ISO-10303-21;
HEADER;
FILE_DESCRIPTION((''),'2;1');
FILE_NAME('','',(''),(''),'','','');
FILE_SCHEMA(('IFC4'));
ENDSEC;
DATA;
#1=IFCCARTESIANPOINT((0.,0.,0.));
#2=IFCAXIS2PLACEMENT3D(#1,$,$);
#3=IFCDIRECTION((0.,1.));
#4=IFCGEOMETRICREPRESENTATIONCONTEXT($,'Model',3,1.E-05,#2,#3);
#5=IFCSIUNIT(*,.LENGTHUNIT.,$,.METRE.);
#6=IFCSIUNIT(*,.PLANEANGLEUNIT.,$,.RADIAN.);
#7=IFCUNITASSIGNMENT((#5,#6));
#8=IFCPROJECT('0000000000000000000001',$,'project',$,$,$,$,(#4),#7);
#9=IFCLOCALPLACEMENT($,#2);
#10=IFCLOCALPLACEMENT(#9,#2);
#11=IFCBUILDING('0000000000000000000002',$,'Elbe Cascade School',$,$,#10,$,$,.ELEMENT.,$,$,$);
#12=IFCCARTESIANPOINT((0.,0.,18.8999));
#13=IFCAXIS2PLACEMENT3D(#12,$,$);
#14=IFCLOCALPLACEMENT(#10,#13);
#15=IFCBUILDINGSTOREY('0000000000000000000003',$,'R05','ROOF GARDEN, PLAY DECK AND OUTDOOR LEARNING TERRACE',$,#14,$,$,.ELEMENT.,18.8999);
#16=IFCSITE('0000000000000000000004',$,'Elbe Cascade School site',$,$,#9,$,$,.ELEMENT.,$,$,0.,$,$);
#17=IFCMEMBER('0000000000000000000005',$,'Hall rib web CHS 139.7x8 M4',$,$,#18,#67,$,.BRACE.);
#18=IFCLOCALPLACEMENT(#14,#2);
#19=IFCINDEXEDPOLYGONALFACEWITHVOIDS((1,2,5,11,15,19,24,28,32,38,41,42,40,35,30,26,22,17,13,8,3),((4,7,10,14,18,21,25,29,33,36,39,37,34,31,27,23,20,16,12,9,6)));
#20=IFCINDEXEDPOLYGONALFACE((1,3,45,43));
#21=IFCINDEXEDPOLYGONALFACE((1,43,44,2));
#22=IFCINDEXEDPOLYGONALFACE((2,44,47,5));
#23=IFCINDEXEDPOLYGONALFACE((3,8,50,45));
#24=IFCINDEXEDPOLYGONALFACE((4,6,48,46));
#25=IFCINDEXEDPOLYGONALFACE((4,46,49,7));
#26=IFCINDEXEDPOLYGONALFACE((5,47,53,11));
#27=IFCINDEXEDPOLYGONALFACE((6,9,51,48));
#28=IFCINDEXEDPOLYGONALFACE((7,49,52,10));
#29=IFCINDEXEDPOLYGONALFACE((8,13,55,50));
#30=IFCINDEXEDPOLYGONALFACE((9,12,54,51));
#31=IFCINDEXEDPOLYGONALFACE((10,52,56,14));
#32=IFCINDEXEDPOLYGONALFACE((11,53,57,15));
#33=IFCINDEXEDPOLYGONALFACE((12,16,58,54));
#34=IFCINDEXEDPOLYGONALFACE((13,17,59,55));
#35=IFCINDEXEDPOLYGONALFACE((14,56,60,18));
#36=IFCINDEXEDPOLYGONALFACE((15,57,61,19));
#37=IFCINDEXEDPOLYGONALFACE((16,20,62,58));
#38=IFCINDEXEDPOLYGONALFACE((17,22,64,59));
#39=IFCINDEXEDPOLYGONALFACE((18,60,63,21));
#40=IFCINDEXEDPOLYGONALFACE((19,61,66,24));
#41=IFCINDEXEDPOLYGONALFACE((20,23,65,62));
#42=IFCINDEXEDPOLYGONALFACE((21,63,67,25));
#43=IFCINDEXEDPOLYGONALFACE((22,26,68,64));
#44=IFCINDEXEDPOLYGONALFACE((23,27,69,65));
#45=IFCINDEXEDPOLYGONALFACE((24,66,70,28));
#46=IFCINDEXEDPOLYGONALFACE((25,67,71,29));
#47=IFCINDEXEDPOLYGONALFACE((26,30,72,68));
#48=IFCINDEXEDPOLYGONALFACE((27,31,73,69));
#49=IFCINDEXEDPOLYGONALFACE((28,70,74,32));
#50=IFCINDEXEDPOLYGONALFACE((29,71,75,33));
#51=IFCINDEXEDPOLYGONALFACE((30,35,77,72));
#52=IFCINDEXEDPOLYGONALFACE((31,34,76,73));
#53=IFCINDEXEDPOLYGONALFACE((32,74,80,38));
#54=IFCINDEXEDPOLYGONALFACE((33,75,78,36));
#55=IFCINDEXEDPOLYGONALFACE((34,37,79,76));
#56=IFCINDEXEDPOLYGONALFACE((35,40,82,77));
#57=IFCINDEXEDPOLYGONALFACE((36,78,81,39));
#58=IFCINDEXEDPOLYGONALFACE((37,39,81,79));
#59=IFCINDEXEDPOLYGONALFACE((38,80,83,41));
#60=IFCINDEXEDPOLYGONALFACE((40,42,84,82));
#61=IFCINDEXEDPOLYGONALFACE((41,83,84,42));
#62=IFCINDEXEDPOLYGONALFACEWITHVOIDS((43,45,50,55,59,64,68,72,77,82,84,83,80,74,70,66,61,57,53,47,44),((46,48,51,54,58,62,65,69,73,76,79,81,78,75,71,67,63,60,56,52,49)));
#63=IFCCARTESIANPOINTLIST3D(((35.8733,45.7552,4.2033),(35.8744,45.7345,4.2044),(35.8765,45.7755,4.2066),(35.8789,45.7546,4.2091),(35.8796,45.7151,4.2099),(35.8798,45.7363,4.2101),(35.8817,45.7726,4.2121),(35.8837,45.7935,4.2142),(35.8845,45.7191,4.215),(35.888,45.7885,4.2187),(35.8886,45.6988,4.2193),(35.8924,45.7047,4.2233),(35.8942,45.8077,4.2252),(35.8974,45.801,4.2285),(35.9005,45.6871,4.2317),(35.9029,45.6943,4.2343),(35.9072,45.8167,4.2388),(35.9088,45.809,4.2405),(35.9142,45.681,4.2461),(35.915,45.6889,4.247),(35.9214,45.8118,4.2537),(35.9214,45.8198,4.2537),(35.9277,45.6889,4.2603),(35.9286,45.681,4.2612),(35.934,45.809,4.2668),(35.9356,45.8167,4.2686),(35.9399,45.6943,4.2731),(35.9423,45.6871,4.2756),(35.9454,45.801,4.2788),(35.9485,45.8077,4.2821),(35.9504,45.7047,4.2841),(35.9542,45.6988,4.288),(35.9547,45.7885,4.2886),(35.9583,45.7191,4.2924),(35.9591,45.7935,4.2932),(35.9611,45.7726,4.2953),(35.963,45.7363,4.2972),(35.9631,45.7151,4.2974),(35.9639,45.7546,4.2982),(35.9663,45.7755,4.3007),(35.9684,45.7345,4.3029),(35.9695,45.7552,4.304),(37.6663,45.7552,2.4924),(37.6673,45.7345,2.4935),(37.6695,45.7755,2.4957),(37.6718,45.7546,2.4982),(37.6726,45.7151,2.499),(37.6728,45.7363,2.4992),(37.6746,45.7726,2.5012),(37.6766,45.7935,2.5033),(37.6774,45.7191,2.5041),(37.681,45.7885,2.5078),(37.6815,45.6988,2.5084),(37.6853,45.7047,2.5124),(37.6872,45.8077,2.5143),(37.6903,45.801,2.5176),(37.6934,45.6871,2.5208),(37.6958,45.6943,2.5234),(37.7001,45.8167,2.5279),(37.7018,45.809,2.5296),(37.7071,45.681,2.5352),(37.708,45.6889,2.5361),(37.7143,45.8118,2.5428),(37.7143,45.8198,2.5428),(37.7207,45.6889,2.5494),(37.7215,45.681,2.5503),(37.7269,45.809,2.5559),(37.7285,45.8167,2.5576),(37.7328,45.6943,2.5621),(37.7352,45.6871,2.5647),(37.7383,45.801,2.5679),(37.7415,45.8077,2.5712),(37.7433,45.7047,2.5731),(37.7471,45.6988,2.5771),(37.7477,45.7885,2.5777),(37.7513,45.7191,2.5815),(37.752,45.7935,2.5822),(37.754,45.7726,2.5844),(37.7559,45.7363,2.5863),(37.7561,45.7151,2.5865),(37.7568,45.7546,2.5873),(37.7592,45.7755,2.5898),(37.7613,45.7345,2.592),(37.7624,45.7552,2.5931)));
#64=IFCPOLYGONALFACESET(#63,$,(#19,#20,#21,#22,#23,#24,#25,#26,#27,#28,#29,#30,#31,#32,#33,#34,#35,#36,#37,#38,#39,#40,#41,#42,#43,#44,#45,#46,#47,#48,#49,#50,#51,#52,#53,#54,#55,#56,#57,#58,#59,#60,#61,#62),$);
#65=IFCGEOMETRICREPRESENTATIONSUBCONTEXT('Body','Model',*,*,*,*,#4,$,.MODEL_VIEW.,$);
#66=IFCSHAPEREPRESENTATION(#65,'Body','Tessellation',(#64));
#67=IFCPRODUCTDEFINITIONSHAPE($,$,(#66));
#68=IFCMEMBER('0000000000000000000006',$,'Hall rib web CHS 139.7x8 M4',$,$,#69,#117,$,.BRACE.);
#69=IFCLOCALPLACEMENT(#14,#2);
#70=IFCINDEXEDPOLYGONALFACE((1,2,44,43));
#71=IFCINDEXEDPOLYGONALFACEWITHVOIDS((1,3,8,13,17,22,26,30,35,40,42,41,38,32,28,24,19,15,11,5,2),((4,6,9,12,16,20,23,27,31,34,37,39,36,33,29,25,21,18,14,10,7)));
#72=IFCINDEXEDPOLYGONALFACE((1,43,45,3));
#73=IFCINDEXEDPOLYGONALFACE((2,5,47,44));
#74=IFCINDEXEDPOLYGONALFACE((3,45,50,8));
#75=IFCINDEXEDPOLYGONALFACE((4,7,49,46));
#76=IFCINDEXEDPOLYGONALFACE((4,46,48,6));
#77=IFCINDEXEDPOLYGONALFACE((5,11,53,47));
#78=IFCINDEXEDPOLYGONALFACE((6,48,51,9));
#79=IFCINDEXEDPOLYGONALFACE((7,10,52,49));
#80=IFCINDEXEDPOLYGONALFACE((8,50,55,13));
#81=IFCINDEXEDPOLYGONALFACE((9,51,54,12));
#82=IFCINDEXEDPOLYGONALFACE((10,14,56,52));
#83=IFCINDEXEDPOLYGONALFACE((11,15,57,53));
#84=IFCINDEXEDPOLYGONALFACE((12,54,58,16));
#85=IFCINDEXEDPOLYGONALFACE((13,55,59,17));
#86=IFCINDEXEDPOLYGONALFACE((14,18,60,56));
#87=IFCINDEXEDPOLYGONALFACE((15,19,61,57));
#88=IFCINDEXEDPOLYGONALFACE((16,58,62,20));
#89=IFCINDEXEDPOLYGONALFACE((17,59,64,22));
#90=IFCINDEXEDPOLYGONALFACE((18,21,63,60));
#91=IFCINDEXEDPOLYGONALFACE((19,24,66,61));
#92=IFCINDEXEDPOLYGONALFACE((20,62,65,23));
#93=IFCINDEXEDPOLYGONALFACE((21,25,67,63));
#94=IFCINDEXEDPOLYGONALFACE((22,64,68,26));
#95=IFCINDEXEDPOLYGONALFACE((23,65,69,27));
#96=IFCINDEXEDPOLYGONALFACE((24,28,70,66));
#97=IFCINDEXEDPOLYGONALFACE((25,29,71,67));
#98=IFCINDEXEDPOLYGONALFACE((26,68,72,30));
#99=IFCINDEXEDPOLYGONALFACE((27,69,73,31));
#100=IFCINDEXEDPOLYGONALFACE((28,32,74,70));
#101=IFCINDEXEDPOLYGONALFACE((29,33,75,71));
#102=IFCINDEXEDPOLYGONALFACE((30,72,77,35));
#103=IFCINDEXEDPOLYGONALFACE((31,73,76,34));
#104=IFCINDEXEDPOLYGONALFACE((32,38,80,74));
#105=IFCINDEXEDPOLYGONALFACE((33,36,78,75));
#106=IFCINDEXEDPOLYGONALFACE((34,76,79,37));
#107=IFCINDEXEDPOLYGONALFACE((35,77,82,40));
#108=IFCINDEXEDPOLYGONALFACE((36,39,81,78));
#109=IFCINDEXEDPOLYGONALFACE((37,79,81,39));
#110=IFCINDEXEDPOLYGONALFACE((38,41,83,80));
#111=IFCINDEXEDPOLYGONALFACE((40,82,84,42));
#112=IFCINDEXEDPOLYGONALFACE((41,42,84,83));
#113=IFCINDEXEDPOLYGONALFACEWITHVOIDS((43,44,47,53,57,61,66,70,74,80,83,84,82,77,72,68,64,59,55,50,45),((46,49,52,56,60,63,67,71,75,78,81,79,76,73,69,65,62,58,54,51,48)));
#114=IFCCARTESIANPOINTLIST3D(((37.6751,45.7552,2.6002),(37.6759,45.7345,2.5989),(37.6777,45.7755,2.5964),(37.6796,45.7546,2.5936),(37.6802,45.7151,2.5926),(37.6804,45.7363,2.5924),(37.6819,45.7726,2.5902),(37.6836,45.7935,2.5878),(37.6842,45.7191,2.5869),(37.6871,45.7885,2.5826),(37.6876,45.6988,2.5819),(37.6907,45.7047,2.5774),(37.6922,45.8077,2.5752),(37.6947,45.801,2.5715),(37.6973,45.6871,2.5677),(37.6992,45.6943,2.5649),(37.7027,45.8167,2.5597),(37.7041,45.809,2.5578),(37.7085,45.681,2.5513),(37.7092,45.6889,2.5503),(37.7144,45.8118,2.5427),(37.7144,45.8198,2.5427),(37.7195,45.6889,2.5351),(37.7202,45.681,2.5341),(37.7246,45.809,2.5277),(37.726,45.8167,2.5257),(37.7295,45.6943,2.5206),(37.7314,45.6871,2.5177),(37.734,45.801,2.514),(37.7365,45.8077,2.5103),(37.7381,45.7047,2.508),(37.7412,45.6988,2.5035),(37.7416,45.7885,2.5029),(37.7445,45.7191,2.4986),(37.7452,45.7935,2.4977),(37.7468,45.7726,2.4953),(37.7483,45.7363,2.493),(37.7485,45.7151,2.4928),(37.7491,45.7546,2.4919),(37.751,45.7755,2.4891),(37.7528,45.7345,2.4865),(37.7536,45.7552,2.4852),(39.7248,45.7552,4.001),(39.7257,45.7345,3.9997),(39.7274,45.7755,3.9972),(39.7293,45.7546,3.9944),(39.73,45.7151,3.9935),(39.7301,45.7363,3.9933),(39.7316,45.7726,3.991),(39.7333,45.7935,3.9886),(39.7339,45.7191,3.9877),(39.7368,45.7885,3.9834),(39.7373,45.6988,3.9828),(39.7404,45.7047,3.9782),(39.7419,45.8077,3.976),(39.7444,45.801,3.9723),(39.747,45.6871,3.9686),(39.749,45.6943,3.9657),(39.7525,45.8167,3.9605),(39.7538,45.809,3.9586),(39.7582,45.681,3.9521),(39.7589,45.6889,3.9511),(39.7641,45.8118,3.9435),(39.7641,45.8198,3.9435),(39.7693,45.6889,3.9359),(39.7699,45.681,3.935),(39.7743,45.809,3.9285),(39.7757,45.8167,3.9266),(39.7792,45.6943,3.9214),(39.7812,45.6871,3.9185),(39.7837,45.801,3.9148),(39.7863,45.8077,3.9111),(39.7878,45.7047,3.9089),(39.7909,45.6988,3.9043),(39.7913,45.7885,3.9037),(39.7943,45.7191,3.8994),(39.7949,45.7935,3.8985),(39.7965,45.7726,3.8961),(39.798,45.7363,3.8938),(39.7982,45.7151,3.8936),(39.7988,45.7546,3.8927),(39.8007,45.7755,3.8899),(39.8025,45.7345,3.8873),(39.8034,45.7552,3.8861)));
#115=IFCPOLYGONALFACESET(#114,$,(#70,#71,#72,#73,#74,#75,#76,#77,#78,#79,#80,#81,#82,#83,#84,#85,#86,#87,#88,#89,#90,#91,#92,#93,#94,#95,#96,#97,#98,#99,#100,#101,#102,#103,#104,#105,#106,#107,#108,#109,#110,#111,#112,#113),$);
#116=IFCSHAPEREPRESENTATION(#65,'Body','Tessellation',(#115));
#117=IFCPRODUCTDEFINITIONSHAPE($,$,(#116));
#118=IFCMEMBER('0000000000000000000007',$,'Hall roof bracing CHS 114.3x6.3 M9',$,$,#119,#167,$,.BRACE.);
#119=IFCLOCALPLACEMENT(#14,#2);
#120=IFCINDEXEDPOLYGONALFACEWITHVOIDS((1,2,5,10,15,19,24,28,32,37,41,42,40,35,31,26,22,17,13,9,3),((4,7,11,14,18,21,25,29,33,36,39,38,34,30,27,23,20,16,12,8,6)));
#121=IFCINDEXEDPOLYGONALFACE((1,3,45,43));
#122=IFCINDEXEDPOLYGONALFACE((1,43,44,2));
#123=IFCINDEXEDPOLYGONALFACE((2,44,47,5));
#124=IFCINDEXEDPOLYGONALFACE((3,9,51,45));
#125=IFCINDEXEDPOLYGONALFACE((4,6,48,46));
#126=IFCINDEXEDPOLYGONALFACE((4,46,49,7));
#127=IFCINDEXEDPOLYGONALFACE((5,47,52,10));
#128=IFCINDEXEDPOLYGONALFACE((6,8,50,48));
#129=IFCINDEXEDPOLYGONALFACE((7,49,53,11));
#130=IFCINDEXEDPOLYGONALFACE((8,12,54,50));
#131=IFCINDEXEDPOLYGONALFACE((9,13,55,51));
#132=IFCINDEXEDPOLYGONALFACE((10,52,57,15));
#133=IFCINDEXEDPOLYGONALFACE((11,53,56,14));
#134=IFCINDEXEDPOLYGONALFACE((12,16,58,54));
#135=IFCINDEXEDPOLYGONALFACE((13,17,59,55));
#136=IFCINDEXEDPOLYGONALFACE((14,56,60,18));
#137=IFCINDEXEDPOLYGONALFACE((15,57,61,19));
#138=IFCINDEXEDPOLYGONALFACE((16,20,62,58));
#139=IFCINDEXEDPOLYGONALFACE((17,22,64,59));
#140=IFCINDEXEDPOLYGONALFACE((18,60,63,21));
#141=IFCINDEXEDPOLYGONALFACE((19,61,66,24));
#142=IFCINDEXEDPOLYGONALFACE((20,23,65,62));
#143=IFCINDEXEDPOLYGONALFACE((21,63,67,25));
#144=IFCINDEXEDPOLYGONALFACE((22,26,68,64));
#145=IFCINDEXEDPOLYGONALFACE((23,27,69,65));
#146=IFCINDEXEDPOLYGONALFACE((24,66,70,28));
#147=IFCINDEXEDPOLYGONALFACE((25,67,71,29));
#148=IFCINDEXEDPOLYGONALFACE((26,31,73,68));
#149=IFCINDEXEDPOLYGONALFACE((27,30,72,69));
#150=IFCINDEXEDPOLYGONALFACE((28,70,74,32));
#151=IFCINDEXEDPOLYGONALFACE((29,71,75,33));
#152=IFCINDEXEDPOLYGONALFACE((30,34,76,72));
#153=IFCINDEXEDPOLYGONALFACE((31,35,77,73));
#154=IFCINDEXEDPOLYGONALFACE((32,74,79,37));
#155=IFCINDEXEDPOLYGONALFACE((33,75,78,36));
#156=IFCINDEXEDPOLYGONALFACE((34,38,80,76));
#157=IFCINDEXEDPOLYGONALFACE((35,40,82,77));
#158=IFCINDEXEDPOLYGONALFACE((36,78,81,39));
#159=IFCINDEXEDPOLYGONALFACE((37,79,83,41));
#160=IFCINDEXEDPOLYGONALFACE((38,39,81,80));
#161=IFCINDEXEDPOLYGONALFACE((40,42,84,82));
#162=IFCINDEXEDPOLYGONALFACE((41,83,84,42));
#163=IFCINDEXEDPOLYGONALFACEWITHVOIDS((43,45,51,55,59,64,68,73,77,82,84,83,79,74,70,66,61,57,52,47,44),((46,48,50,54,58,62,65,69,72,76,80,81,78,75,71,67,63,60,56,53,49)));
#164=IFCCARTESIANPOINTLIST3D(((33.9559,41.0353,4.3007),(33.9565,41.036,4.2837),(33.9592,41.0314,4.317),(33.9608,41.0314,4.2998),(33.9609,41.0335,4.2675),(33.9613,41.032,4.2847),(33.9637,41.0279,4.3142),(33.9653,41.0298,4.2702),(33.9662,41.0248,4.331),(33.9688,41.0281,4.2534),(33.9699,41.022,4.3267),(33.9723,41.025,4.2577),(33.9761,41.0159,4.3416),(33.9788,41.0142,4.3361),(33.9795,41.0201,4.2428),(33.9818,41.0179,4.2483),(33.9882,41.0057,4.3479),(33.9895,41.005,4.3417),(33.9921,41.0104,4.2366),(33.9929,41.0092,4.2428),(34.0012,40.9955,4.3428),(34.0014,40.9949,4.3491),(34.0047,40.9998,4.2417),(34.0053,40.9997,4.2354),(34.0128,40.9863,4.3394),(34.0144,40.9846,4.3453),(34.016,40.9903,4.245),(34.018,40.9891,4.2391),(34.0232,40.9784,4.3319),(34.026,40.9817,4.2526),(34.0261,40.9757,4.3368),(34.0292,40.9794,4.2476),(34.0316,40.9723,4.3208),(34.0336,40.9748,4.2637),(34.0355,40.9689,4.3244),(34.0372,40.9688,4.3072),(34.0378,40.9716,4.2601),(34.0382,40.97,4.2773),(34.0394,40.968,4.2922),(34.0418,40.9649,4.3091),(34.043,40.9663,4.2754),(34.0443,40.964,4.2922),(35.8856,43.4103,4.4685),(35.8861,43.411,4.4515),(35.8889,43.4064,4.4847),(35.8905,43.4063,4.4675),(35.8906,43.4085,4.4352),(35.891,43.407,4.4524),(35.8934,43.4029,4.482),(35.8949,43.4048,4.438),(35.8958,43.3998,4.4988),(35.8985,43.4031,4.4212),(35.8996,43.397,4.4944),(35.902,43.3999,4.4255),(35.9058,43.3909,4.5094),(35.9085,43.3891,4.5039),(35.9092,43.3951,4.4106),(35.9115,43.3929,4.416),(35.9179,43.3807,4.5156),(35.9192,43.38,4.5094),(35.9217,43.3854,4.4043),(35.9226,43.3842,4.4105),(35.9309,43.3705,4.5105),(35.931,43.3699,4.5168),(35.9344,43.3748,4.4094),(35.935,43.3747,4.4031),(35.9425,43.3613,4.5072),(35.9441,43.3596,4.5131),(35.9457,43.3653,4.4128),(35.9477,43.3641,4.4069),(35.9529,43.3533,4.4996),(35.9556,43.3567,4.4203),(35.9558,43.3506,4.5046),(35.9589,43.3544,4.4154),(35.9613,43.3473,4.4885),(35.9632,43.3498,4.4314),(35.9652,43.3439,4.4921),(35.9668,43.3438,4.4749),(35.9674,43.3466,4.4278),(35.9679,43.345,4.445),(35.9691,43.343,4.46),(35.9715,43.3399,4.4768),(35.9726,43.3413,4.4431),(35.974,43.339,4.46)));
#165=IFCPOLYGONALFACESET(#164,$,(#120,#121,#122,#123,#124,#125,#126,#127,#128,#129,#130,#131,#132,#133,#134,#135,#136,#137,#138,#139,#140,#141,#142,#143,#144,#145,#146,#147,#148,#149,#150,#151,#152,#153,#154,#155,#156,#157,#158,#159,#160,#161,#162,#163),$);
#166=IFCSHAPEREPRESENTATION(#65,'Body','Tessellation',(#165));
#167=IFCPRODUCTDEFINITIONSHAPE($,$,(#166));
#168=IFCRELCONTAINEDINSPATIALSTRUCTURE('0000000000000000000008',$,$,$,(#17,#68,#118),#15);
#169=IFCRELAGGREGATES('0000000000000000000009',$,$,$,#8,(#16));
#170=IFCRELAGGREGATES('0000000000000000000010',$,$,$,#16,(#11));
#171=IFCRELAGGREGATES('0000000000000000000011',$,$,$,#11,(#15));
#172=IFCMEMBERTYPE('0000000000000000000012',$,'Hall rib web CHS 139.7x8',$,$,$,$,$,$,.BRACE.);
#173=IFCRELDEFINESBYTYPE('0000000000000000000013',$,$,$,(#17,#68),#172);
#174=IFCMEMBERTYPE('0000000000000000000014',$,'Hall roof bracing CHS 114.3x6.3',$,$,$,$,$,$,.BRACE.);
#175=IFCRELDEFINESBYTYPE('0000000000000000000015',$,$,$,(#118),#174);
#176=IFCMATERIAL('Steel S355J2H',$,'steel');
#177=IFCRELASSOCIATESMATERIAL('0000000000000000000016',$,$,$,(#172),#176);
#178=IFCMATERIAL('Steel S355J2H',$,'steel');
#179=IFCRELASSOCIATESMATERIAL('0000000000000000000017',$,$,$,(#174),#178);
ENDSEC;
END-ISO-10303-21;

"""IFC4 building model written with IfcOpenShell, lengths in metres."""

from ifc_helpers import new_model, si_unit, direction, frame, origin, origin_2d, place, context, subcontext, project, spatial, hollow_circle, extrude, material, material_profile, profile_set, type_object, element, save


model = new_model("IFC4")

# Units and contexts
model_context = context("Model", 3, precision=1e-05, world=origin(), true_north=direction((0.0, 1.0)))
body_context = subcontext(model_context, "Body", "Model", "MODEL_VIEW")
ifc_project = project(units=[si_unit("LENGTHUNIT", "METRE"), si_unit("PLANEANGLEUNIT", "RADIAN")], contexts=[model_context])

# Site, building, storey
site_placement = place(None, origin())
site = spatial("IfcSite", under=ifc_project, at=site_placement, Name="Elbe Cascade School site", CompositionType="ELEMENT", RefElevation=0.0)
building_placement = place(site_placement, origin())
building = spatial("IfcBuilding", under=site, at=building_placement, Name="Elbe Cascade School", CompositionType="ELEMENT")
storey_placement = place(building_placement, frame((0.0, 0.0, 18.8999)))
storey = spatial("IfcBuildingStorey", under=building, at=storey_placement, Name="R05", Description="ROOF GARDEN, PLAY DECK AND OUTDOOR LEARNING TERRACE", CompositionType="ELEMENT", Elevation=18.8999)

# Members
ifc_material_1 = material(Name="Steel S355J2H", Category="steel")
ifc_material_profile_1 = material_profile(ifc_material_1, hollow_circle(Radius=0.0698, WallThickness=0.0081, at=origin_2d()), Name="CHS 139.7x8")
ifc_profile_set_1 = profile_set([ifc_material_profile_1], Name="Steel S355J2H")
member_type_1 = type_object("IfcMemberType", Name="Hall rib web CHS 139.7x8", PredefinedType="BRACE", material=ifc_profile_set_1)
member_1_placement = place(storey_placement, frame((35.9214, 45.75, 4.2537), z_axis=(0.723463, 0.0, -0.690363), x_axis=(0.0, 1.0, 0.0)))
element("IfcMember", 1, at=member_1_placement, inside=storey, type_object=member_type_1, Name="Hall rib web CHS 139.7x8 M4", PredefinedType="BRACE", context=body_context, shape_type="SweptSolid", body=[
    extrude(hollow_circle(Radius=0.0698, WallThickness=0.0081, at=origin_2d()), origin(), (0.0, 0.0, 1.0), 2.4783),
])
member_2_placement = place(storey_placement, frame((37.7144, 45.75, 2.5427), z_axis=(0.825611, 0.0, 0.56424), x_axis=(0.0, 1.0, 0.0)))
element("IfcMember", 2, at=member_2_placement, inside=storey, type_object=member_type_1, Name="Hall rib web CHS 139.7x8 M4", PredefinedType="BRACE", context=body_context, shape_type="SweptSolid", body=[
    extrude(hollow_circle(Radius=0.0698, WallThickness=0.0081, at=origin_2d()), origin(), (0.0, 0.0, 1.0), 2.4827),
])
ifc_material_2 = material(Name="Steel S355J2H", Category="steel")
ifc_material_profile_2 = material_profile(ifc_material_2, hollow_circle(Radius=0.0571, WallThickness=0.0063, at=origin_2d()), Name="CHS 114.3x6.3")
ifc_profile_set_2 = profile_set([ifc_material_profile_2], Name="Steel S355J2H")
member_type_2 = type_object("IfcMemberType", Name="Hall roof bracing CHS 114.3x6.3", PredefinedType="BRACE", material=ifc_profile_set_2)
member_3_placement = place(storey_placement, frame((35.9297, 43.375, 4.46), z_axis=(-0.629648, -0.774951, -0.054728), x_axis=(0.776114, -0.630593, 0.0)))
element("IfcMember", 3, at=member_3_placement, inside=storey, type_object=member_type_2, Name="Hall roof bracing CHS 114.3x6.3 M9", PredefinedType="BRACE", context=body_context, shape_type="SweptSolid", body=[
    extrude(hollow_circle(Radius=0.0571, WallThickness=0.0063, at=origin_2d()), origin(), (0.0, 0.0, 1.0), 3.0647),
])

save(model, "model.ifc")
